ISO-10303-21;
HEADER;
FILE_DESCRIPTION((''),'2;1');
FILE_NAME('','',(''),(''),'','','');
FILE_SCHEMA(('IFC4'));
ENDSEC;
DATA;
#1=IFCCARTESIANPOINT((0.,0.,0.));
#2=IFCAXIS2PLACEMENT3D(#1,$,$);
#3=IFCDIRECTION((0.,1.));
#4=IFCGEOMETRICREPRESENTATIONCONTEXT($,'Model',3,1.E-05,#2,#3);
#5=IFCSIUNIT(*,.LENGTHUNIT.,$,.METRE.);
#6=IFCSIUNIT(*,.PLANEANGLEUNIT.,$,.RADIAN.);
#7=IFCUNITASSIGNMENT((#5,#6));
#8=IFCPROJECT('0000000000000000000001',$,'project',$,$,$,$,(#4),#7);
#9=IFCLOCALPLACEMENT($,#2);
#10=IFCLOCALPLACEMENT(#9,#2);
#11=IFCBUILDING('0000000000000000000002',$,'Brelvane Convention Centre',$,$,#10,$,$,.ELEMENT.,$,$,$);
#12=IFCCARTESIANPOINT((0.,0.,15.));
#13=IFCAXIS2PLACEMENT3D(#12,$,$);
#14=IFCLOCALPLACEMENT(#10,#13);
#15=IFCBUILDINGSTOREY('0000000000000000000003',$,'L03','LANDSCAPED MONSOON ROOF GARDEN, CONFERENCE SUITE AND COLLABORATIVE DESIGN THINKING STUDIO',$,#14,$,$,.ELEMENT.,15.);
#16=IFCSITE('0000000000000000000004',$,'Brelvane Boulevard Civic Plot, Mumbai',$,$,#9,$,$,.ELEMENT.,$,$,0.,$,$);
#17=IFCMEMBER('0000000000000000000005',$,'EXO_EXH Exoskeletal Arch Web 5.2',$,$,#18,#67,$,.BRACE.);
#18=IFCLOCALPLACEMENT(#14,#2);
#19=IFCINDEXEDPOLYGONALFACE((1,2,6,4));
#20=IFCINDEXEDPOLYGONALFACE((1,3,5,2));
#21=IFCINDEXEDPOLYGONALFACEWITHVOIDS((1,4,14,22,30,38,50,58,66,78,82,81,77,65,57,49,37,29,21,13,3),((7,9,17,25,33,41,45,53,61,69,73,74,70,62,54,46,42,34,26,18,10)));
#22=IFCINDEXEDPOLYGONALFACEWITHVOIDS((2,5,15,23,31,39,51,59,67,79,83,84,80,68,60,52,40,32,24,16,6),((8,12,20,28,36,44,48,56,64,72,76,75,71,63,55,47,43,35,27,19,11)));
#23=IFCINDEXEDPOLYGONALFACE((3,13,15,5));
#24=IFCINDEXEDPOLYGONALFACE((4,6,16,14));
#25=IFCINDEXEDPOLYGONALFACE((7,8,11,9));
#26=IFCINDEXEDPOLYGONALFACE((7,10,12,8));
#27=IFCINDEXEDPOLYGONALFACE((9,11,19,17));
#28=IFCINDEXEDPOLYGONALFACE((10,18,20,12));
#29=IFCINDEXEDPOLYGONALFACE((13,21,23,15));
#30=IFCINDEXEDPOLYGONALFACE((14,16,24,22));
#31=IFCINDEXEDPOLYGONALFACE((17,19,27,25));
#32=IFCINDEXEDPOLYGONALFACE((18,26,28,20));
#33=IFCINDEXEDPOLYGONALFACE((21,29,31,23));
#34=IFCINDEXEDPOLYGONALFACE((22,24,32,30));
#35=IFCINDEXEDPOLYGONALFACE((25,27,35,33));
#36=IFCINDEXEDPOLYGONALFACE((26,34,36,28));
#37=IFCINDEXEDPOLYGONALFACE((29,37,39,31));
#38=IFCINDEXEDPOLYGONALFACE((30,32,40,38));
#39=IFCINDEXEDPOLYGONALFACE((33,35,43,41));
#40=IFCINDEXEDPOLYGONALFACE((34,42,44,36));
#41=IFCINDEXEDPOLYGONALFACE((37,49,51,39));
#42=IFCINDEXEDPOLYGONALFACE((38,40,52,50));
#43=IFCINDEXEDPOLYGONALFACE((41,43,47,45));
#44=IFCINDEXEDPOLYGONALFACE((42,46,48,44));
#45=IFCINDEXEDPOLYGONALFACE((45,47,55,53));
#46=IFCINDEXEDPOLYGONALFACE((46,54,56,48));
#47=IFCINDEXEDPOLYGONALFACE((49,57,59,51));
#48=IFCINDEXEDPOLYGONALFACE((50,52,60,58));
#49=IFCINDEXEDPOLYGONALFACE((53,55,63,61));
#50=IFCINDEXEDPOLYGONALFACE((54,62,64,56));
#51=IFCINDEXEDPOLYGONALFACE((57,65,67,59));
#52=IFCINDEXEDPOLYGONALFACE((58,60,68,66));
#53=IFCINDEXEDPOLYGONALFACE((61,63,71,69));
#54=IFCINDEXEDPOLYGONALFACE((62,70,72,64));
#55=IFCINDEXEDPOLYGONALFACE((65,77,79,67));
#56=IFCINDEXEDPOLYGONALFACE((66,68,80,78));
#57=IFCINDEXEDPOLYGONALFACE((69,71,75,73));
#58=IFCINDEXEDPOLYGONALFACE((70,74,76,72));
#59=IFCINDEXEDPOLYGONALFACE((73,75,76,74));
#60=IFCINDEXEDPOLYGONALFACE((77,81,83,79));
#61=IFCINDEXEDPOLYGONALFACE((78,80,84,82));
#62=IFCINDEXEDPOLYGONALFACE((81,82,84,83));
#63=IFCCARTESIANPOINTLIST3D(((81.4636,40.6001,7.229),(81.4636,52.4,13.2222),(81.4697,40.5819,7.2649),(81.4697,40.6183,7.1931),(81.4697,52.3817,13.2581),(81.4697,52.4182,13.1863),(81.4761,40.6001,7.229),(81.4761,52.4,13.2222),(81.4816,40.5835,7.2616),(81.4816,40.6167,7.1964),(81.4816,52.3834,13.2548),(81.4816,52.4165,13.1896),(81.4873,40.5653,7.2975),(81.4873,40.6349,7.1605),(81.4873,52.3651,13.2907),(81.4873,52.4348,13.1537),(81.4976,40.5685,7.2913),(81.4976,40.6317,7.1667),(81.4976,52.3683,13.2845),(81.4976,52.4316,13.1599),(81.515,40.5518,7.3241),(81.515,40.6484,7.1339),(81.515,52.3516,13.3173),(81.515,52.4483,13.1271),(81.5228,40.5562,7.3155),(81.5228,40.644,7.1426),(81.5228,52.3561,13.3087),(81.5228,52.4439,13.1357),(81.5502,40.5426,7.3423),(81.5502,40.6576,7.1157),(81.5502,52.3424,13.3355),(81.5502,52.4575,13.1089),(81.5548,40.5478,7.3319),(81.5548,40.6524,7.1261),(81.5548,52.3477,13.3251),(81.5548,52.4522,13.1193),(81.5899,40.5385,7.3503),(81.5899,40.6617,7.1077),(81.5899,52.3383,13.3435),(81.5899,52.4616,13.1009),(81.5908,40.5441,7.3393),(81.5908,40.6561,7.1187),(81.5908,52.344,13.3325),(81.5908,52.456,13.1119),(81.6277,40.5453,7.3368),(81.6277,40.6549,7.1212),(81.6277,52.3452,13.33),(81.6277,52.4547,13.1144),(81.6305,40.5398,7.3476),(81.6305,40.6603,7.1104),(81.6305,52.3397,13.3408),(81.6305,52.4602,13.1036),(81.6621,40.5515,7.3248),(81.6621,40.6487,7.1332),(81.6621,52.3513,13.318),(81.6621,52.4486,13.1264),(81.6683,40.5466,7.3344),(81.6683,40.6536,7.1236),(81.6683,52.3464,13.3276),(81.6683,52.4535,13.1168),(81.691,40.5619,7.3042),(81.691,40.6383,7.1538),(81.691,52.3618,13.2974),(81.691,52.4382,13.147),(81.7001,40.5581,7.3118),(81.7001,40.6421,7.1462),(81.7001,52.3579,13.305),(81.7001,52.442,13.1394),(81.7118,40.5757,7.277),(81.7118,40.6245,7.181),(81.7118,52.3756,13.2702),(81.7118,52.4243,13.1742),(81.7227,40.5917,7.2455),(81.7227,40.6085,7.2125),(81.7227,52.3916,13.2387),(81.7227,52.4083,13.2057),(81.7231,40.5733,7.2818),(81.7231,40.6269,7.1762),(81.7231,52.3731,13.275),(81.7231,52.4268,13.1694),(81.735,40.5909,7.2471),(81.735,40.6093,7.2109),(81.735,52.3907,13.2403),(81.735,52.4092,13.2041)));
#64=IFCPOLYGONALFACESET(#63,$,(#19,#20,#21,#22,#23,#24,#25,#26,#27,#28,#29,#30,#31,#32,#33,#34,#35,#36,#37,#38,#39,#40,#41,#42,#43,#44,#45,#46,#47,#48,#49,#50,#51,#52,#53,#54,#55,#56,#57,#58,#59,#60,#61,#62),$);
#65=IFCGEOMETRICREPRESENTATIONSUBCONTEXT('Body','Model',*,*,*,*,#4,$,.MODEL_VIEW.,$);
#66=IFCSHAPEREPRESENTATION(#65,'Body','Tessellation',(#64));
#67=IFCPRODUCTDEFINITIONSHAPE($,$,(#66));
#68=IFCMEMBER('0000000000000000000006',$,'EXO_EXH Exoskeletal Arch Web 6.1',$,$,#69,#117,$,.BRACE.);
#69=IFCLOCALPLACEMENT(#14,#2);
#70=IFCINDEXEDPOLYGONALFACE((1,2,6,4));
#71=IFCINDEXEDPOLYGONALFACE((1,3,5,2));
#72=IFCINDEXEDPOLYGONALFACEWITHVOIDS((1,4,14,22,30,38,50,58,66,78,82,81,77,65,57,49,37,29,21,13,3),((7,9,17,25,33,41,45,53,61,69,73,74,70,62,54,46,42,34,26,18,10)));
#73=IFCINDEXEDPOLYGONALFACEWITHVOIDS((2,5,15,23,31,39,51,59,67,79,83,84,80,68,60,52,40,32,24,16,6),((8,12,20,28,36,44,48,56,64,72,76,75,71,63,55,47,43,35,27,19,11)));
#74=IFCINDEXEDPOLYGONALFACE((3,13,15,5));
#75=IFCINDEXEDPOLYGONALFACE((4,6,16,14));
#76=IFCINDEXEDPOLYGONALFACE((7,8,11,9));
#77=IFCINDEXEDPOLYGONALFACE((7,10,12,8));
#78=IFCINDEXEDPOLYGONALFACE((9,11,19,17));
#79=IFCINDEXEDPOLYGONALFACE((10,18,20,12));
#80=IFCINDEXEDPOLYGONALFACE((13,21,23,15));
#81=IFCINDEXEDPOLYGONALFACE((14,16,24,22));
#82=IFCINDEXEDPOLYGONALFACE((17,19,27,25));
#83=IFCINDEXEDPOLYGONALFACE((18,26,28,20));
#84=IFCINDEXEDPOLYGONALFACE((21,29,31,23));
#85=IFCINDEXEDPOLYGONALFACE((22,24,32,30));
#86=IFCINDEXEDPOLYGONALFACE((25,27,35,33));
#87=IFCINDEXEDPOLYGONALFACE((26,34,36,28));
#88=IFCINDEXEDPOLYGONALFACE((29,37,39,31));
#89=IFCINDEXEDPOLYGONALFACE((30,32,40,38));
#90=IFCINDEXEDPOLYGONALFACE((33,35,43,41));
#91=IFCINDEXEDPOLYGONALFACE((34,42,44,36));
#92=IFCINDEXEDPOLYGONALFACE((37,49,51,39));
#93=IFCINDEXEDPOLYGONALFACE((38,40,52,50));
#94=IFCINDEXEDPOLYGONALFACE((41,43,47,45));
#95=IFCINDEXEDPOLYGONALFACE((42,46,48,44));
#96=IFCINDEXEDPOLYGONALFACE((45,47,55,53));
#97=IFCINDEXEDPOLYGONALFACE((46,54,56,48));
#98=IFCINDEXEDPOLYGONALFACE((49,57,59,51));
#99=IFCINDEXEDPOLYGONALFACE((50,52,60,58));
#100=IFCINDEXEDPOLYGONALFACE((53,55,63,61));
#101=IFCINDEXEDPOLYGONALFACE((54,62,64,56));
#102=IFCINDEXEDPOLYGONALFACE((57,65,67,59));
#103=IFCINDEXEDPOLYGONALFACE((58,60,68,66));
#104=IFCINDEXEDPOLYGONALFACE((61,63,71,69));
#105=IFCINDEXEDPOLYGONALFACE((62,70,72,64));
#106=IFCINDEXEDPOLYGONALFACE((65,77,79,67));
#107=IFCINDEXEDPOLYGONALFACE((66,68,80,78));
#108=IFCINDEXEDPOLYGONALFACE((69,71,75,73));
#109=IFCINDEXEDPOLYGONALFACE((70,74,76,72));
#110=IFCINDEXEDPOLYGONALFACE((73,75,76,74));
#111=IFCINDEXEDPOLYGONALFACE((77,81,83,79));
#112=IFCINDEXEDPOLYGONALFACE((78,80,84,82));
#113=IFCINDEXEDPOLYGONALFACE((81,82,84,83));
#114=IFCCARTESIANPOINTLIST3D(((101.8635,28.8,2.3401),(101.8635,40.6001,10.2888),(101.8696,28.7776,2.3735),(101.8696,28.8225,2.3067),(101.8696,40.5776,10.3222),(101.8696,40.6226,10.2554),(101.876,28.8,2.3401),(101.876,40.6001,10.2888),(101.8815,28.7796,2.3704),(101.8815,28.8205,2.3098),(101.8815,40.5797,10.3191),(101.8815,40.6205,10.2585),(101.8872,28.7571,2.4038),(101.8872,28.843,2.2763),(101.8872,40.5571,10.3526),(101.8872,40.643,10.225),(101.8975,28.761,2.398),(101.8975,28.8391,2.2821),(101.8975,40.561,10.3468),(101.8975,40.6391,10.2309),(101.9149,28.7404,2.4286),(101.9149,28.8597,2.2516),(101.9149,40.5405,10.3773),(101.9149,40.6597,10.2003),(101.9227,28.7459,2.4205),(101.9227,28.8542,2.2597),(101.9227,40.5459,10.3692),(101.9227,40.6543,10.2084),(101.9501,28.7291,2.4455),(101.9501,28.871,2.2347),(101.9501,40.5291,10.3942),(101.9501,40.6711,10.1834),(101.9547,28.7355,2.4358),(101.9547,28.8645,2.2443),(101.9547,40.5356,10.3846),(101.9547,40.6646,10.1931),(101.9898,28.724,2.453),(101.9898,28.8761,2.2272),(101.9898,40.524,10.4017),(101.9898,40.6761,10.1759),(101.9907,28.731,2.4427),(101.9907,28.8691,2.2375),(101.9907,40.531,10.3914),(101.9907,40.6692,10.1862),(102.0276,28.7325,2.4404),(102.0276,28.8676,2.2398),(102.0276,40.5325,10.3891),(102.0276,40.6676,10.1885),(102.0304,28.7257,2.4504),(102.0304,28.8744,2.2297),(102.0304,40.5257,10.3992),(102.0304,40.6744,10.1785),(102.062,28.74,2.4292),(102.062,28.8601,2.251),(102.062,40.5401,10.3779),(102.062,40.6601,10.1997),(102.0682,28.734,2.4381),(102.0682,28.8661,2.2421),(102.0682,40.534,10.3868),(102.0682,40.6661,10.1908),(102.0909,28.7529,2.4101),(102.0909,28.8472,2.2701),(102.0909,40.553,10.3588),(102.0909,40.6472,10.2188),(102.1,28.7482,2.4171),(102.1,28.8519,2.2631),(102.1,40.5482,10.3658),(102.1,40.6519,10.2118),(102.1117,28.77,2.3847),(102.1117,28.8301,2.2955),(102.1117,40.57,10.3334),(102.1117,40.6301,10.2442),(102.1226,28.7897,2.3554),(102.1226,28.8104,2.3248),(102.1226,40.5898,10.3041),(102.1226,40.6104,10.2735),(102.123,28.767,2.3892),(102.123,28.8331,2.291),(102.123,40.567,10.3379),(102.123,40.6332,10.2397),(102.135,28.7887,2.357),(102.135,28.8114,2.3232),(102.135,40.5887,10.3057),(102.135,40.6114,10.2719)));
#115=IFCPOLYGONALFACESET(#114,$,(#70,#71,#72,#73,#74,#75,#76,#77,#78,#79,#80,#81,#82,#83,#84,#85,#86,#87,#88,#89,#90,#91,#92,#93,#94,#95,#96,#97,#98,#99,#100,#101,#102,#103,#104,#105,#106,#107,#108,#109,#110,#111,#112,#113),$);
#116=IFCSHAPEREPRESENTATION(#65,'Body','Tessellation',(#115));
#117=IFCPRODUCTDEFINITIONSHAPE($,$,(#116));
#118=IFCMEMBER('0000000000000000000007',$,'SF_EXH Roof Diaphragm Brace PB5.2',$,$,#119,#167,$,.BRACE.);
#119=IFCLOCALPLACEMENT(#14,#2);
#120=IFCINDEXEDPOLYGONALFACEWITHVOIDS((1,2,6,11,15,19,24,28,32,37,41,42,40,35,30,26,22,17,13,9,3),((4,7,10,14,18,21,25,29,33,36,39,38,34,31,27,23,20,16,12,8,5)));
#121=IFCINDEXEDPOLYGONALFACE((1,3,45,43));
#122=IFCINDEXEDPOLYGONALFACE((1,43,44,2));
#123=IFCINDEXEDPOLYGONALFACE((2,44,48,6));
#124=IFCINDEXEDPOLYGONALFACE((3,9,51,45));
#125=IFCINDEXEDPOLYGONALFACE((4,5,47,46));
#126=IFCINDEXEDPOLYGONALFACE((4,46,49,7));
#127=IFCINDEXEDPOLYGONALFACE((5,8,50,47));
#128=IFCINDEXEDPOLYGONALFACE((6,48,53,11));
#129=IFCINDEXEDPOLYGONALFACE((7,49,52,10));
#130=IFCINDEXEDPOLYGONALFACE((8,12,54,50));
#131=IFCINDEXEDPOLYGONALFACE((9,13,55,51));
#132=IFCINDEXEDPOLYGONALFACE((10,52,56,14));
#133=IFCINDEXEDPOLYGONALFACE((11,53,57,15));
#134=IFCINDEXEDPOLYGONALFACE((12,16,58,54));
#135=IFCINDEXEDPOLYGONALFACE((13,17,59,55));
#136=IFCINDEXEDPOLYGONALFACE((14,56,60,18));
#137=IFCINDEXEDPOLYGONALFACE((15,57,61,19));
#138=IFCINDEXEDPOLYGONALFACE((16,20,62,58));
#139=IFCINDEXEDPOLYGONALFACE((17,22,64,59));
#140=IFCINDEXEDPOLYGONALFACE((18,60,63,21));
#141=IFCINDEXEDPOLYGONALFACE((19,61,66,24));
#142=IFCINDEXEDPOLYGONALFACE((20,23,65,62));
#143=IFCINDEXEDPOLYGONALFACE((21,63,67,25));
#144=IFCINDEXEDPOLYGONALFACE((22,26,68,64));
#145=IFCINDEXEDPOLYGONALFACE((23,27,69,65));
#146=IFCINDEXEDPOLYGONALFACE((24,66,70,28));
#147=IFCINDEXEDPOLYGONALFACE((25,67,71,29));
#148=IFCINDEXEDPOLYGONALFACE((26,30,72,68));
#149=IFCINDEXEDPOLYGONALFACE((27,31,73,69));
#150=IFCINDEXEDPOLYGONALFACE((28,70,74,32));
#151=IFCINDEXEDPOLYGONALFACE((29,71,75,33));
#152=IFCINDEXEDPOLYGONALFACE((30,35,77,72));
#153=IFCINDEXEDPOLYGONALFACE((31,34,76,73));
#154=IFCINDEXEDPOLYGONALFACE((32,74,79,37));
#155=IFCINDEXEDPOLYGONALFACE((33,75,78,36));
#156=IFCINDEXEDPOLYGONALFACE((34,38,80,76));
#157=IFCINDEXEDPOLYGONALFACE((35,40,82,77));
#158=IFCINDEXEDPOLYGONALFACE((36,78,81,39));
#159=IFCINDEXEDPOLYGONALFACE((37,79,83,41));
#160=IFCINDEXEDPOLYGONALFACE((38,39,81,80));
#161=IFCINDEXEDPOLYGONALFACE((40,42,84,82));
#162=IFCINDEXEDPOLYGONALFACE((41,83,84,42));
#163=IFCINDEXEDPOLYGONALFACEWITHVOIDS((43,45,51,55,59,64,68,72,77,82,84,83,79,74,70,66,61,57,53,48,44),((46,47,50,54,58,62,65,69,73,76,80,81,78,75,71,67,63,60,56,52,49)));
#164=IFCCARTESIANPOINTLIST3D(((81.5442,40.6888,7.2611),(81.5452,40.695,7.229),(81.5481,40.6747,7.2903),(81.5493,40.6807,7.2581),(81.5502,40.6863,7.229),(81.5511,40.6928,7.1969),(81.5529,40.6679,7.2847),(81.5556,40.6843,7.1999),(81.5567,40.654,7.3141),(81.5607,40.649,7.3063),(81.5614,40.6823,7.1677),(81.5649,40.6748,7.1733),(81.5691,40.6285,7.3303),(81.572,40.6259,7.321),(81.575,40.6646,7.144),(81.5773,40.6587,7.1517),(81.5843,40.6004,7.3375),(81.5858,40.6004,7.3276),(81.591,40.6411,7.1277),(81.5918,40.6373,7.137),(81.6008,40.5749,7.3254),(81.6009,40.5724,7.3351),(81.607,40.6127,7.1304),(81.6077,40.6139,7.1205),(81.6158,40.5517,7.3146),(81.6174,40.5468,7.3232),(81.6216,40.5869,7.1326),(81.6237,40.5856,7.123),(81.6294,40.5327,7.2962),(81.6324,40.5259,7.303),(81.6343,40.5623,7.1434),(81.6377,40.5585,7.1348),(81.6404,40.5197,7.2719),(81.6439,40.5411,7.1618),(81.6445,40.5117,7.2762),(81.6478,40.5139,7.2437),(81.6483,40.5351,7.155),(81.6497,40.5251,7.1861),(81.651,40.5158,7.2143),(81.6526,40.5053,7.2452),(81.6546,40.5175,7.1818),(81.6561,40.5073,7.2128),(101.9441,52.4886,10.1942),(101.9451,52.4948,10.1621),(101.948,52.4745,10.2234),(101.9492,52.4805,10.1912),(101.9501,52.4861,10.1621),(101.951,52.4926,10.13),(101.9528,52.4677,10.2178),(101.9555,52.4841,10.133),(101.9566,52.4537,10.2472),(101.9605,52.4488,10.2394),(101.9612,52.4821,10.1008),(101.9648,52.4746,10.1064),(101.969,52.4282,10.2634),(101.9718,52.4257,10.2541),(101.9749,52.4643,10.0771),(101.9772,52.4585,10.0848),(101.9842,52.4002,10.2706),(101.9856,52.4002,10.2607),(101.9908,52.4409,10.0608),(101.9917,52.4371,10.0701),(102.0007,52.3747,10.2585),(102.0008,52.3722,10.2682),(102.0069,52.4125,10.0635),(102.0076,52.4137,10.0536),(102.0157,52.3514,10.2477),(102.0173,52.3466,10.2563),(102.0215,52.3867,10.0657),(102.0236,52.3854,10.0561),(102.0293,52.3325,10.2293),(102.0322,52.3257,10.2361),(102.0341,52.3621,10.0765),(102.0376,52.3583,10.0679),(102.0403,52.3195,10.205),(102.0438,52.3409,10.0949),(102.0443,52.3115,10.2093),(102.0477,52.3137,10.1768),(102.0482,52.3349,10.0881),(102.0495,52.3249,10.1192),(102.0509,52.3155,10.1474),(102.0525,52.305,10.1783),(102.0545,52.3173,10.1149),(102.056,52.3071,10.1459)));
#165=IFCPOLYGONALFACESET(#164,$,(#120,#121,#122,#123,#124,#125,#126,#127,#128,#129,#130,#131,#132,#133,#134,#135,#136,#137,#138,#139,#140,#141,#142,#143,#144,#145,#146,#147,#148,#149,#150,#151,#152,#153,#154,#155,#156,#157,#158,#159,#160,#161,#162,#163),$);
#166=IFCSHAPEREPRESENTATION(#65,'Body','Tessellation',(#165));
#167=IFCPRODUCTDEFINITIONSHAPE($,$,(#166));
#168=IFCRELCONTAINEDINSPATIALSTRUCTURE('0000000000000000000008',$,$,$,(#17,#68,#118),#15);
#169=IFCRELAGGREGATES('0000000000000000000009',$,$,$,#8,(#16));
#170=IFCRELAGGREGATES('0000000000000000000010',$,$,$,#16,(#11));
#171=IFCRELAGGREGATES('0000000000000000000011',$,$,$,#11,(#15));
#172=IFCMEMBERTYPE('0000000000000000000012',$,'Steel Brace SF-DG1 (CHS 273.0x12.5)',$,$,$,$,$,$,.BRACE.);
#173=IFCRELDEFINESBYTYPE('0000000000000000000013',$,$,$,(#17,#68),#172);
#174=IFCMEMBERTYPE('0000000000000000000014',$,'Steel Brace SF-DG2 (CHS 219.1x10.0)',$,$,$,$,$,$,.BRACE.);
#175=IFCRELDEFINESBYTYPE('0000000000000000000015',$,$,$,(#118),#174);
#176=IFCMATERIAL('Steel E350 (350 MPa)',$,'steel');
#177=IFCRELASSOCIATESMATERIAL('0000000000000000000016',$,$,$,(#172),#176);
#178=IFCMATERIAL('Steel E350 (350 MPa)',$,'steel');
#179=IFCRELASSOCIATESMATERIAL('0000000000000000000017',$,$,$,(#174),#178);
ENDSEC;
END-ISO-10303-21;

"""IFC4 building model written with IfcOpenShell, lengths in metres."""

from ifc_helpers import new_model, si_unit, direction, frame, origin, origin_2d, place, context, subcontext, project, spatial, hollow_circle, extrude, material, material_profile, profile_set, type_object, element, save


model = new_model("IFC4")

# Units and contexts
model_context = context("Model", 3, precision=1e-05, world=origin(), true_north=direction((0.0, 1.0)))
body_context = subcontext(model_context, "Body", "Model", "MODEL_VIEW")
ifc_project = project(units=[si_unit("LENGTHUNIT", "METRE"), si_unit("PLANEANGLEUNIT", "RADIAN")], contexts=[model_context])

# Site, building, storey
site_placement = place(None, origin())
site = spatial("IfcSite", under=ifc_project, at=site_placement, Name="Brelvane Boulevard Civic Plot, Mumbai", CompositionType="ELEMENT", RefElevation=0.0)
building_placement = place(site_placement, origin())
building = spatial("IfcBuilding", under=site, at=building_placement, Name="Brelvane Convention Centre", CompositionType="ELEMENT")
storey_placement = place(building_placement, frame((0.0, 0.0, 15.0)))
storey = spatial("IfcBuildingStorey", under=building, at=storey_placement, Name="L03", Description="LANDSCAPED MONSOON ROOF GARDEN, CONFERENCE SUITE AND COLLABORATIVE DESIGN THINKING STUDIO", CompositionType="ELEMENT", Elevation=15.0)

# Members
ifc_material_1 = material(Name="Steel E350 (350 MPa)", Category="steel")
ifc_material_profile_1 = material_profile(ifc_material_1, hollow_circle(Radius=0.1365, WallThickness=0.0125, at=origin_2d()), Name="CHS 273.0x12.5")
ifc_profile_set_1 = profile_set([ifc_material_profile_1], Name="Steel E350 (350 MPa)")
member_type_1 = type_object("IfcMemberType", Name="Steel Brace SF-DG1 (CHS 273.0x12.5)", PredefinedType="BRACE", material=ifc_profile_set_1)
member_1_placement = place(storey_placement, frame((81.6001, 40.6001, 7.229), z_axis=(0.0, 0.891591, 0.452842), x_axis=(-1.0, 0.0, 0.0)))
element("IfcMember", 1, at=member_1_placement, inside=storey, type_object=member_type_1, Name="EXO_EXH Exoskeletal Arch Web 5.2", PredefinedType="BRACE", context=body_context, shape_type="SweptSolid", body=[
    extrude(hollow_circle(Radius=0.1365, WallThickness=0.0125, at=origin_2d()), origin(), (0.0, 0.0, 1.0), 13.2346),
])
member_2_placement = place(storey_placement, frame((102.0, 28.8, 2.3401), z_axis=(0.0, 0.82938, 0.558685), x_axis=(-1.0, 0.0, 0.0)))
element("IfcMember", 2, at=member_2_placement, inside=storey, type_object=member_type_1, Name="EXO_EXH Exoskeletal Arch Web 6.1", PredefinedType="BRACE", context=body_context, shape_type="SweptSolid", body=[
    extrude(hollow_circle(Radius=0.1365, WallThickness=0.0125, at=origin_2d()), origin(), (0.0, 0.0, 1.0), 14.2275),
])
ifc_material_2 = material(Name="Steel E350 (350 MPa)", Category="steel")
ifc_material_profile_2 = material_profile(ifc_material_2, hollow_circle(Radius=0.1096, WallThickness=0.01, at=origin_2d()), Name="CHS 219.1x10.0")
ifc_profile_set_2 = profile_set([ifc_material_profile_2], Name="Steel E350 (350 MPa)")
member_type_2 = type_object("IfcMemberType", Name="Steel Brace SF-DG2 (CHS 219.1x10.0)", PredefinedType="BRACE", material=ifc_profile_set_2)
member_3_placement = place(storey_placement, frame((81.6001, 40.6001, 7.229), z_axis=(0.858995, 0.496864, 0.123507), x_axis=(-0.500697, 0.865622, 0.0)))
element("IfcMember", 3, at=member_3_placement, inside=storey, type_object=member_type_2, Name="SF_EXH Roof Diaphragm Brace PB5.2", PredefinedType="BRACE", context=body_context, shape_type="SweptSolid", body=[
    extrude(hollow_circle(Radius=0.1096, WallThickness=0.01, at=origin_2d()), origin(), (0.0, 0.0, 1.0), 23.7485),
])

save(model, "model.ifc")
